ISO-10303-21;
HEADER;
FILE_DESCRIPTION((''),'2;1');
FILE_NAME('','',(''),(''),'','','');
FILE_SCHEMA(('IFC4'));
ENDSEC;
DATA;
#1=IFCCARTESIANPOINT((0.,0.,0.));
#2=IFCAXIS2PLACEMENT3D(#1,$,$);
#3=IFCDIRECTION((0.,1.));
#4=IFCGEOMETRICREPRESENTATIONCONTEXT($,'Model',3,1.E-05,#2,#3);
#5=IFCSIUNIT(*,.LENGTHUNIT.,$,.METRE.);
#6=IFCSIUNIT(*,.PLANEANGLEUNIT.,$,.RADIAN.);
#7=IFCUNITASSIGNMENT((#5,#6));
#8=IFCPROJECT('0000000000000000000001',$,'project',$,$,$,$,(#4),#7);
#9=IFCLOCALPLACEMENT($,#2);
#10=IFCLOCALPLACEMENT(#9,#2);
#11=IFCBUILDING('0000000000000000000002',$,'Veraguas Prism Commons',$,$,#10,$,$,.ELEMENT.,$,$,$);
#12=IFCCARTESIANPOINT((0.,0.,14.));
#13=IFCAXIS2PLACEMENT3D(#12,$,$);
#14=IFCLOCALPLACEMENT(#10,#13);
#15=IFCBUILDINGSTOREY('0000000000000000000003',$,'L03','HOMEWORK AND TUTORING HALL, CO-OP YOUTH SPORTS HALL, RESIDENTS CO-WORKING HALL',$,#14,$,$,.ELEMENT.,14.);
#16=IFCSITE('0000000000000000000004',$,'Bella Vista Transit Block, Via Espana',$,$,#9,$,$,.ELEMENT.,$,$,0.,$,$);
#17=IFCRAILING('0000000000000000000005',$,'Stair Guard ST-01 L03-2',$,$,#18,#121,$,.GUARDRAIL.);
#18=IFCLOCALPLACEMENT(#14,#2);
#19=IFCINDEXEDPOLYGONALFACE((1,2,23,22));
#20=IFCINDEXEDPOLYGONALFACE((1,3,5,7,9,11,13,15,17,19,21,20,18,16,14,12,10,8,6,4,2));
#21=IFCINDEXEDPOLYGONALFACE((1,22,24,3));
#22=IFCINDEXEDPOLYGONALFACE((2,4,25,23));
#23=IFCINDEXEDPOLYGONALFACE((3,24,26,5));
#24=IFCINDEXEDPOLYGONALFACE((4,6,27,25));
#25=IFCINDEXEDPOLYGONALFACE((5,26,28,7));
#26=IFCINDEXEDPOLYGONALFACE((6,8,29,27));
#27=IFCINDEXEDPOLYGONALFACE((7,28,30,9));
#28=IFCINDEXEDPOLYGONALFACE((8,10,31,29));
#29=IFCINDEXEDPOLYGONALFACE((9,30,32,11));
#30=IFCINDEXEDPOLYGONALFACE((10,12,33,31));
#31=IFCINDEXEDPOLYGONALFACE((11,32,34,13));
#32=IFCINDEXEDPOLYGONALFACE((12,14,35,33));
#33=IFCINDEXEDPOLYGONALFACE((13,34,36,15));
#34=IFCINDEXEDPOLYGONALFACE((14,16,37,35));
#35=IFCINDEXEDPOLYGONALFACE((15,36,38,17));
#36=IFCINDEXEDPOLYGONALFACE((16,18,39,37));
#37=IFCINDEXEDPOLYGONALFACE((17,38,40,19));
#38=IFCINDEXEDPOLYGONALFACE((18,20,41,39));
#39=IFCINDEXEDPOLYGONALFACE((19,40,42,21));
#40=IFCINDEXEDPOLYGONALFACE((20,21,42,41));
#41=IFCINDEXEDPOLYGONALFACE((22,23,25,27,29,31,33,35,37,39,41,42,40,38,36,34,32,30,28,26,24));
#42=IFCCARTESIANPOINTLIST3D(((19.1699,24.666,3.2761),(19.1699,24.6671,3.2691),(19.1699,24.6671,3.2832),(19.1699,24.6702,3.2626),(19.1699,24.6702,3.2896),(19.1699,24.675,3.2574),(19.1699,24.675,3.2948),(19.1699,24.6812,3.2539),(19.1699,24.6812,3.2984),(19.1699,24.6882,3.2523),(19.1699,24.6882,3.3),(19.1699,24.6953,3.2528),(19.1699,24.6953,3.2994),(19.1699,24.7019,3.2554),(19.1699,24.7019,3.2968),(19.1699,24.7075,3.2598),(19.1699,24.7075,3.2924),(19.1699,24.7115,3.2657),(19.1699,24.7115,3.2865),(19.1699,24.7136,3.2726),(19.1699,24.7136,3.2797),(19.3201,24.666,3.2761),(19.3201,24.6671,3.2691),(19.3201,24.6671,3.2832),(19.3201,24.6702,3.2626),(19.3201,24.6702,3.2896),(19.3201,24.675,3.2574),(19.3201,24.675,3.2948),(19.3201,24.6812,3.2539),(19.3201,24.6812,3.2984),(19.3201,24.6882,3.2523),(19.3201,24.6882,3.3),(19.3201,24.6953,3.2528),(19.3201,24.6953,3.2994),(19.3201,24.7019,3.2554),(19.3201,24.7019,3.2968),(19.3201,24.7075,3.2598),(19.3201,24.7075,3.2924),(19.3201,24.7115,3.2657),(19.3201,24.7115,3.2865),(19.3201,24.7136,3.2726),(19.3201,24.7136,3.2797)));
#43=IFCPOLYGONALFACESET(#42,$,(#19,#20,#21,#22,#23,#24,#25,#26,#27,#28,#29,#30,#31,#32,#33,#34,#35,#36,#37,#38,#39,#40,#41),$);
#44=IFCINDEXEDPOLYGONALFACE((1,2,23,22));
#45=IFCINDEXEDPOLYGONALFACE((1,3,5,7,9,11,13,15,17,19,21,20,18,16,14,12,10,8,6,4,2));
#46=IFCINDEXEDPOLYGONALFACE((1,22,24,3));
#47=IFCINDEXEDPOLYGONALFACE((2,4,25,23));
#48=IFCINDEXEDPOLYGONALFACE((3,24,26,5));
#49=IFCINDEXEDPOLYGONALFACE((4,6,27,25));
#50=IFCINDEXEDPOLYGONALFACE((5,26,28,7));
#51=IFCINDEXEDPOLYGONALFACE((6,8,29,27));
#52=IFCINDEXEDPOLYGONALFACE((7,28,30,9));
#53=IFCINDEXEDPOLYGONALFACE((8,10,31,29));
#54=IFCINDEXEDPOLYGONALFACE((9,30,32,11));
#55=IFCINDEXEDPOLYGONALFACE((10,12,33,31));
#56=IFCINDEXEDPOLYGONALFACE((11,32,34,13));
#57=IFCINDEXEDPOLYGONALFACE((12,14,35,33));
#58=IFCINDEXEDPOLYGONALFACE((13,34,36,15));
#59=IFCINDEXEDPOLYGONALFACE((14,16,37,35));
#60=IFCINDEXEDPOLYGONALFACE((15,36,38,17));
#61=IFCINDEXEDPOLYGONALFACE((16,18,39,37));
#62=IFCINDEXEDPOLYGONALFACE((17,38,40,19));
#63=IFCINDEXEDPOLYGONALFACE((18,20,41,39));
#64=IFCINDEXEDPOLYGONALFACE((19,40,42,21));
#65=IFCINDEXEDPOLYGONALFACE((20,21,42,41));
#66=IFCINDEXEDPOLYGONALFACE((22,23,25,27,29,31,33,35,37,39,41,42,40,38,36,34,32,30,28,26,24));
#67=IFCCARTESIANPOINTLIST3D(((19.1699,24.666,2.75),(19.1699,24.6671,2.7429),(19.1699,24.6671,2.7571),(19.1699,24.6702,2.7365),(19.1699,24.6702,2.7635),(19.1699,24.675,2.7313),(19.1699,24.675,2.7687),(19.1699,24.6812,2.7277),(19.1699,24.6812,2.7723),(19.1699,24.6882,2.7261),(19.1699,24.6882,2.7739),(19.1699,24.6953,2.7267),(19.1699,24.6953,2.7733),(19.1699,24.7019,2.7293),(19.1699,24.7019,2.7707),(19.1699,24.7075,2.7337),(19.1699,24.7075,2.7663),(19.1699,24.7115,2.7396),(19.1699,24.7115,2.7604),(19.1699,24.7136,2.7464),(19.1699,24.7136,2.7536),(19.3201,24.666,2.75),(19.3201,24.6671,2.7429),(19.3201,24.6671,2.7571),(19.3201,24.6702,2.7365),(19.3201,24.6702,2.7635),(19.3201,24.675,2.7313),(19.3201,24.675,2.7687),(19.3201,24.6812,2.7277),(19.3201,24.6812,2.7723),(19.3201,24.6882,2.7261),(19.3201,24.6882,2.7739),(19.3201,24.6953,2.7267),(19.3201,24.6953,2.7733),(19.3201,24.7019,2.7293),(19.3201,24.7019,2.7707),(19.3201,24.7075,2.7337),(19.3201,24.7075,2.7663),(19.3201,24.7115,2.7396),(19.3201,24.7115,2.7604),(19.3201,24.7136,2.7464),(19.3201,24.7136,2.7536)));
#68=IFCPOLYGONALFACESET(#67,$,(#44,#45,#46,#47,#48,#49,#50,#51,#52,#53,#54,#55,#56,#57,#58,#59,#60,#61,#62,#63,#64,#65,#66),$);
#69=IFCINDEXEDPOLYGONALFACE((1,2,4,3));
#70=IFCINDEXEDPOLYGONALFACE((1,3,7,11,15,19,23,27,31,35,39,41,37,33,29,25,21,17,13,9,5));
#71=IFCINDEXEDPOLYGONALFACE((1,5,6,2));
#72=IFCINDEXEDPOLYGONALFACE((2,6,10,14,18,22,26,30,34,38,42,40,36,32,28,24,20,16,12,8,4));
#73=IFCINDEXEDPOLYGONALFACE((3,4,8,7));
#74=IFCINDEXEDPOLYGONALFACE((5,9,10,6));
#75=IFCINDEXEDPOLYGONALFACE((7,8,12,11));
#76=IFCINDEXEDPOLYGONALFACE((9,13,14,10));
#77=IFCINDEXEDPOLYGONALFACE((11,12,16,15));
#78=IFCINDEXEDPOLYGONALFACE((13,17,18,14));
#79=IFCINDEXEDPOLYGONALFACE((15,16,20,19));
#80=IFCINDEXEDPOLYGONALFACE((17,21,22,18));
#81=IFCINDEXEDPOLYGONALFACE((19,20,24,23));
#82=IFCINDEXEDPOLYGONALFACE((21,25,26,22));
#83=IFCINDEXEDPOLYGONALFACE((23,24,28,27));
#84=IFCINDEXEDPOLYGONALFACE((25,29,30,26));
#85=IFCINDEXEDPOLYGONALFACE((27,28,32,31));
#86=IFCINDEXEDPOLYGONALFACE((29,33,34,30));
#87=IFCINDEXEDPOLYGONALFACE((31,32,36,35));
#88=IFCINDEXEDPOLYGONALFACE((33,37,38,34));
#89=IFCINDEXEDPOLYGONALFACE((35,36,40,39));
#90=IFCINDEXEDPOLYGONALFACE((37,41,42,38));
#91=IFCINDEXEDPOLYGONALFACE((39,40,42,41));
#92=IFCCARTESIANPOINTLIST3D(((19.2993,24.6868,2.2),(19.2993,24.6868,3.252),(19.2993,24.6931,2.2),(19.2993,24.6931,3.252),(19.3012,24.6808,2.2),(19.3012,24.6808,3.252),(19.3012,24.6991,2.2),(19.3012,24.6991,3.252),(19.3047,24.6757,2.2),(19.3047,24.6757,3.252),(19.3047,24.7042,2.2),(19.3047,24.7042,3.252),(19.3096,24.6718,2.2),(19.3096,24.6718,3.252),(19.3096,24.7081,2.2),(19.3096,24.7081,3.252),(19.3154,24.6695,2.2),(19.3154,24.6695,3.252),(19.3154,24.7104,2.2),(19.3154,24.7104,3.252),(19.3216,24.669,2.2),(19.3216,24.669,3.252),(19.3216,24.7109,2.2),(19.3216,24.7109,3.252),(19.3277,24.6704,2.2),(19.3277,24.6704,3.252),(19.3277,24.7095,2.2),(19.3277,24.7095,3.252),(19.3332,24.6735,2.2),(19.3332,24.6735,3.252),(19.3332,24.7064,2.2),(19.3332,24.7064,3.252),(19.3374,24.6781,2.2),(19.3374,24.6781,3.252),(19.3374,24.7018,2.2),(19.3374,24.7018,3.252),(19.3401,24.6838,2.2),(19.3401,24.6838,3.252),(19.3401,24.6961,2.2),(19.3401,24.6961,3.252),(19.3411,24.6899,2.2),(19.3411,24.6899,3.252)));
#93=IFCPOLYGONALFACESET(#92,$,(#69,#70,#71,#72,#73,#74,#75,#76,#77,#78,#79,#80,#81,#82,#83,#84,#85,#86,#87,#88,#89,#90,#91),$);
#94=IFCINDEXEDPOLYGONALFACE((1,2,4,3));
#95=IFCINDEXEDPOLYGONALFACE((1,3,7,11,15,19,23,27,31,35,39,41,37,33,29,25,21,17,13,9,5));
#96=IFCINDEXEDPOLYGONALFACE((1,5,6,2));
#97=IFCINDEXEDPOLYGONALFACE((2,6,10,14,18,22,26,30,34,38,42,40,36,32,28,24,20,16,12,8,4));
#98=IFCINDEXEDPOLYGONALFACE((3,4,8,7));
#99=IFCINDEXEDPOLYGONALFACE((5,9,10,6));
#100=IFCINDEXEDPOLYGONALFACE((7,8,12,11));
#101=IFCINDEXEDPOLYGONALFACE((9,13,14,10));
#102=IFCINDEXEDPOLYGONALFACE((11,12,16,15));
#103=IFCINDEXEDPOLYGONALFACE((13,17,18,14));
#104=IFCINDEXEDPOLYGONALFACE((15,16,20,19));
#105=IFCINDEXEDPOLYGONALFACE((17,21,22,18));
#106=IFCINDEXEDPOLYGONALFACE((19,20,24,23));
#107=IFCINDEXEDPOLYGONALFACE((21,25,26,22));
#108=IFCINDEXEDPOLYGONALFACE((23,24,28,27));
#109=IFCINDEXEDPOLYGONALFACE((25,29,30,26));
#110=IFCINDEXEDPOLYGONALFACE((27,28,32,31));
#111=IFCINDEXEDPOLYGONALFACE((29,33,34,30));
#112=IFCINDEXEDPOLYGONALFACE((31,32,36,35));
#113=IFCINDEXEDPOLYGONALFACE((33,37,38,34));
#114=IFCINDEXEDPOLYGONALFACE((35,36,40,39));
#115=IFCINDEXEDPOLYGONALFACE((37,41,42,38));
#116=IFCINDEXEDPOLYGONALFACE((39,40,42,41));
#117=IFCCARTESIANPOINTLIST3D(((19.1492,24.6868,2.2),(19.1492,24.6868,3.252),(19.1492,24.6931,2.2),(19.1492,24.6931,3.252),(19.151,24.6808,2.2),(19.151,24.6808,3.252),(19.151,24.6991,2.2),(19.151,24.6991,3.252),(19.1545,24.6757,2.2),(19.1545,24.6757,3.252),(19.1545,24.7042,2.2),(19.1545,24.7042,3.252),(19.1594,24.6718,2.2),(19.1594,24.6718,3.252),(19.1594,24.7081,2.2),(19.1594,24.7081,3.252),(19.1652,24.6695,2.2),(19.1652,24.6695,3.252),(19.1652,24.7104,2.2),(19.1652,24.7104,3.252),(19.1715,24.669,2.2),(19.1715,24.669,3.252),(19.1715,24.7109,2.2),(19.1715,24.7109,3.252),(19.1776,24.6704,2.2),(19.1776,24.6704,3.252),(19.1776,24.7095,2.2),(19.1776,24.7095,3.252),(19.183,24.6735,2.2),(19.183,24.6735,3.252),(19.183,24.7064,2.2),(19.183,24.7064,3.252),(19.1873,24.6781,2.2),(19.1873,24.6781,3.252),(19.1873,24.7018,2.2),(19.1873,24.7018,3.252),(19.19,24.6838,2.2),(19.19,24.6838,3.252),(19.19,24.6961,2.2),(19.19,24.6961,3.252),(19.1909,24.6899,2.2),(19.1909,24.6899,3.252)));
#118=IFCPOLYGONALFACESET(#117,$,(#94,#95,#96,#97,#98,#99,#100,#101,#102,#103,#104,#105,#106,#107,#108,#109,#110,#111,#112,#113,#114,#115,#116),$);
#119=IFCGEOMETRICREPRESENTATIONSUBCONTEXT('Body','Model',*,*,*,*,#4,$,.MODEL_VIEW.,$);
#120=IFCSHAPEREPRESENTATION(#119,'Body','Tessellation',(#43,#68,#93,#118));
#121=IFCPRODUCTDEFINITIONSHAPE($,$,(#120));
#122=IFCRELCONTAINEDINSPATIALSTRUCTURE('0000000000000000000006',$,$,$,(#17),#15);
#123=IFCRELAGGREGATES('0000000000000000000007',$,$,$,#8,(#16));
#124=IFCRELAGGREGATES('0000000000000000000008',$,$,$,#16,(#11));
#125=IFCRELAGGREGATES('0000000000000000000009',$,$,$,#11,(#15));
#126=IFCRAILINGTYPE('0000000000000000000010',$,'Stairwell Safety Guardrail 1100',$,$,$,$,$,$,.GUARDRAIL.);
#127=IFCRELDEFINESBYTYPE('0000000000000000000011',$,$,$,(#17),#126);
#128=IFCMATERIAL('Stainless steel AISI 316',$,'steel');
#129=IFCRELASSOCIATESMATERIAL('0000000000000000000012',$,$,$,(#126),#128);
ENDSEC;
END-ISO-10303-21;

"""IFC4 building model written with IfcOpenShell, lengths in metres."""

from ifc_helpers import new_model, si_unit, direction, frame, origin, origin_2d, place, context, subcontext, project, spatial, circle, extrude, material, type_object, element, save


model = new_model("IFC4")

# Units and contexts
model_context = context("Model", 3, precision=1e-05, world=origin(), true_north=direction((0.0, 1.0)))
body_context = subcontext(model_context, "Body", "Model", "MODEL_VIEW")
ifc_project = project(units=[si_unit("LENGTHUNIT", "METRE"), si_unit("PLANEANGLEUNIT", "RADIAN")], contexts=[model_context])

# Site, building, storey
site_placement = place(None, origin())
site = spatial("IfcSite", under=ifc_project, at=site_placement, Name="Bella Vista Transit Block, Via Espana", CompositionType="ELEMENT", RefElevation=0.0)
building_placement = place(site_placement, origin())
building = spatial("IfcBuilding", under=site, at=building_placement, Name="Veraguas Prism Commons", CompositionType="ELEMENT")
storey_placement = place(building_placement, frame((0.0, 0.0, 14.0)))
storey = spatial("IfcBuildingStorey", under=building, at=storey_placement, Name="L03", Description="HOMEWORK AND TUTORING HALL, CO-OP YOUTH SPORTS HALL, RESIDENTS CO-WORKING HALL", CompositionType="ELEMENT", Elevation=14.0)

# Shared definitions
ifc_material_1 = material(Name="Stainless steel AISI 316", Category="steel")

# Railing
railing_type_1 = type_object("IfcRailingType", Name="Stairwell Safety Guardrail 1100", PredefinedType="GUARDRAIL", material=ifc_material_1)
railing_1_placement = place(storey_placement, frame((19.3201, 24.6899, 2.2)))
element("IfcRailing", 1, at=railing_1_placement, inside=storey, type_object=railing_type_1, Name="Stair Guard ST-01 L03-2", PredefinedType="GUARDRAIL", context=body_context, shape_type="SweptSolid", body=[
    extrude(circle(Radius=0.0239, at=origin_2d()), frame((0.0, 0.0, 1.0762), z_axis=(-1.0, 0.0, 0.0), x_axis=(0.0, -1.0, 0.0)), (0.0, 0.0, 1.0), 0.1501),
    extrude(circle(Radius=0.0239, at=origin_2d()), frame((0.0, 0.0, 0.55), z_axis=(-1.0, 0.0, 0.0), x_axis=(0.0, -1.0, 0.0)), (0.0, 0.0, 1.0), 0.1501),
    extrude(circle(Radius=0.021, at=origin_2d()), origin(), (0.0, 0.0, 1.0), 1.052),
    extrude(circle(Radius=0.021, at=origin_2d()), frame((-0.1501, 0.0, 0.0)), (0.0, 0.0, 1.0), 1.052),
])

save(model, "model.ifc")
